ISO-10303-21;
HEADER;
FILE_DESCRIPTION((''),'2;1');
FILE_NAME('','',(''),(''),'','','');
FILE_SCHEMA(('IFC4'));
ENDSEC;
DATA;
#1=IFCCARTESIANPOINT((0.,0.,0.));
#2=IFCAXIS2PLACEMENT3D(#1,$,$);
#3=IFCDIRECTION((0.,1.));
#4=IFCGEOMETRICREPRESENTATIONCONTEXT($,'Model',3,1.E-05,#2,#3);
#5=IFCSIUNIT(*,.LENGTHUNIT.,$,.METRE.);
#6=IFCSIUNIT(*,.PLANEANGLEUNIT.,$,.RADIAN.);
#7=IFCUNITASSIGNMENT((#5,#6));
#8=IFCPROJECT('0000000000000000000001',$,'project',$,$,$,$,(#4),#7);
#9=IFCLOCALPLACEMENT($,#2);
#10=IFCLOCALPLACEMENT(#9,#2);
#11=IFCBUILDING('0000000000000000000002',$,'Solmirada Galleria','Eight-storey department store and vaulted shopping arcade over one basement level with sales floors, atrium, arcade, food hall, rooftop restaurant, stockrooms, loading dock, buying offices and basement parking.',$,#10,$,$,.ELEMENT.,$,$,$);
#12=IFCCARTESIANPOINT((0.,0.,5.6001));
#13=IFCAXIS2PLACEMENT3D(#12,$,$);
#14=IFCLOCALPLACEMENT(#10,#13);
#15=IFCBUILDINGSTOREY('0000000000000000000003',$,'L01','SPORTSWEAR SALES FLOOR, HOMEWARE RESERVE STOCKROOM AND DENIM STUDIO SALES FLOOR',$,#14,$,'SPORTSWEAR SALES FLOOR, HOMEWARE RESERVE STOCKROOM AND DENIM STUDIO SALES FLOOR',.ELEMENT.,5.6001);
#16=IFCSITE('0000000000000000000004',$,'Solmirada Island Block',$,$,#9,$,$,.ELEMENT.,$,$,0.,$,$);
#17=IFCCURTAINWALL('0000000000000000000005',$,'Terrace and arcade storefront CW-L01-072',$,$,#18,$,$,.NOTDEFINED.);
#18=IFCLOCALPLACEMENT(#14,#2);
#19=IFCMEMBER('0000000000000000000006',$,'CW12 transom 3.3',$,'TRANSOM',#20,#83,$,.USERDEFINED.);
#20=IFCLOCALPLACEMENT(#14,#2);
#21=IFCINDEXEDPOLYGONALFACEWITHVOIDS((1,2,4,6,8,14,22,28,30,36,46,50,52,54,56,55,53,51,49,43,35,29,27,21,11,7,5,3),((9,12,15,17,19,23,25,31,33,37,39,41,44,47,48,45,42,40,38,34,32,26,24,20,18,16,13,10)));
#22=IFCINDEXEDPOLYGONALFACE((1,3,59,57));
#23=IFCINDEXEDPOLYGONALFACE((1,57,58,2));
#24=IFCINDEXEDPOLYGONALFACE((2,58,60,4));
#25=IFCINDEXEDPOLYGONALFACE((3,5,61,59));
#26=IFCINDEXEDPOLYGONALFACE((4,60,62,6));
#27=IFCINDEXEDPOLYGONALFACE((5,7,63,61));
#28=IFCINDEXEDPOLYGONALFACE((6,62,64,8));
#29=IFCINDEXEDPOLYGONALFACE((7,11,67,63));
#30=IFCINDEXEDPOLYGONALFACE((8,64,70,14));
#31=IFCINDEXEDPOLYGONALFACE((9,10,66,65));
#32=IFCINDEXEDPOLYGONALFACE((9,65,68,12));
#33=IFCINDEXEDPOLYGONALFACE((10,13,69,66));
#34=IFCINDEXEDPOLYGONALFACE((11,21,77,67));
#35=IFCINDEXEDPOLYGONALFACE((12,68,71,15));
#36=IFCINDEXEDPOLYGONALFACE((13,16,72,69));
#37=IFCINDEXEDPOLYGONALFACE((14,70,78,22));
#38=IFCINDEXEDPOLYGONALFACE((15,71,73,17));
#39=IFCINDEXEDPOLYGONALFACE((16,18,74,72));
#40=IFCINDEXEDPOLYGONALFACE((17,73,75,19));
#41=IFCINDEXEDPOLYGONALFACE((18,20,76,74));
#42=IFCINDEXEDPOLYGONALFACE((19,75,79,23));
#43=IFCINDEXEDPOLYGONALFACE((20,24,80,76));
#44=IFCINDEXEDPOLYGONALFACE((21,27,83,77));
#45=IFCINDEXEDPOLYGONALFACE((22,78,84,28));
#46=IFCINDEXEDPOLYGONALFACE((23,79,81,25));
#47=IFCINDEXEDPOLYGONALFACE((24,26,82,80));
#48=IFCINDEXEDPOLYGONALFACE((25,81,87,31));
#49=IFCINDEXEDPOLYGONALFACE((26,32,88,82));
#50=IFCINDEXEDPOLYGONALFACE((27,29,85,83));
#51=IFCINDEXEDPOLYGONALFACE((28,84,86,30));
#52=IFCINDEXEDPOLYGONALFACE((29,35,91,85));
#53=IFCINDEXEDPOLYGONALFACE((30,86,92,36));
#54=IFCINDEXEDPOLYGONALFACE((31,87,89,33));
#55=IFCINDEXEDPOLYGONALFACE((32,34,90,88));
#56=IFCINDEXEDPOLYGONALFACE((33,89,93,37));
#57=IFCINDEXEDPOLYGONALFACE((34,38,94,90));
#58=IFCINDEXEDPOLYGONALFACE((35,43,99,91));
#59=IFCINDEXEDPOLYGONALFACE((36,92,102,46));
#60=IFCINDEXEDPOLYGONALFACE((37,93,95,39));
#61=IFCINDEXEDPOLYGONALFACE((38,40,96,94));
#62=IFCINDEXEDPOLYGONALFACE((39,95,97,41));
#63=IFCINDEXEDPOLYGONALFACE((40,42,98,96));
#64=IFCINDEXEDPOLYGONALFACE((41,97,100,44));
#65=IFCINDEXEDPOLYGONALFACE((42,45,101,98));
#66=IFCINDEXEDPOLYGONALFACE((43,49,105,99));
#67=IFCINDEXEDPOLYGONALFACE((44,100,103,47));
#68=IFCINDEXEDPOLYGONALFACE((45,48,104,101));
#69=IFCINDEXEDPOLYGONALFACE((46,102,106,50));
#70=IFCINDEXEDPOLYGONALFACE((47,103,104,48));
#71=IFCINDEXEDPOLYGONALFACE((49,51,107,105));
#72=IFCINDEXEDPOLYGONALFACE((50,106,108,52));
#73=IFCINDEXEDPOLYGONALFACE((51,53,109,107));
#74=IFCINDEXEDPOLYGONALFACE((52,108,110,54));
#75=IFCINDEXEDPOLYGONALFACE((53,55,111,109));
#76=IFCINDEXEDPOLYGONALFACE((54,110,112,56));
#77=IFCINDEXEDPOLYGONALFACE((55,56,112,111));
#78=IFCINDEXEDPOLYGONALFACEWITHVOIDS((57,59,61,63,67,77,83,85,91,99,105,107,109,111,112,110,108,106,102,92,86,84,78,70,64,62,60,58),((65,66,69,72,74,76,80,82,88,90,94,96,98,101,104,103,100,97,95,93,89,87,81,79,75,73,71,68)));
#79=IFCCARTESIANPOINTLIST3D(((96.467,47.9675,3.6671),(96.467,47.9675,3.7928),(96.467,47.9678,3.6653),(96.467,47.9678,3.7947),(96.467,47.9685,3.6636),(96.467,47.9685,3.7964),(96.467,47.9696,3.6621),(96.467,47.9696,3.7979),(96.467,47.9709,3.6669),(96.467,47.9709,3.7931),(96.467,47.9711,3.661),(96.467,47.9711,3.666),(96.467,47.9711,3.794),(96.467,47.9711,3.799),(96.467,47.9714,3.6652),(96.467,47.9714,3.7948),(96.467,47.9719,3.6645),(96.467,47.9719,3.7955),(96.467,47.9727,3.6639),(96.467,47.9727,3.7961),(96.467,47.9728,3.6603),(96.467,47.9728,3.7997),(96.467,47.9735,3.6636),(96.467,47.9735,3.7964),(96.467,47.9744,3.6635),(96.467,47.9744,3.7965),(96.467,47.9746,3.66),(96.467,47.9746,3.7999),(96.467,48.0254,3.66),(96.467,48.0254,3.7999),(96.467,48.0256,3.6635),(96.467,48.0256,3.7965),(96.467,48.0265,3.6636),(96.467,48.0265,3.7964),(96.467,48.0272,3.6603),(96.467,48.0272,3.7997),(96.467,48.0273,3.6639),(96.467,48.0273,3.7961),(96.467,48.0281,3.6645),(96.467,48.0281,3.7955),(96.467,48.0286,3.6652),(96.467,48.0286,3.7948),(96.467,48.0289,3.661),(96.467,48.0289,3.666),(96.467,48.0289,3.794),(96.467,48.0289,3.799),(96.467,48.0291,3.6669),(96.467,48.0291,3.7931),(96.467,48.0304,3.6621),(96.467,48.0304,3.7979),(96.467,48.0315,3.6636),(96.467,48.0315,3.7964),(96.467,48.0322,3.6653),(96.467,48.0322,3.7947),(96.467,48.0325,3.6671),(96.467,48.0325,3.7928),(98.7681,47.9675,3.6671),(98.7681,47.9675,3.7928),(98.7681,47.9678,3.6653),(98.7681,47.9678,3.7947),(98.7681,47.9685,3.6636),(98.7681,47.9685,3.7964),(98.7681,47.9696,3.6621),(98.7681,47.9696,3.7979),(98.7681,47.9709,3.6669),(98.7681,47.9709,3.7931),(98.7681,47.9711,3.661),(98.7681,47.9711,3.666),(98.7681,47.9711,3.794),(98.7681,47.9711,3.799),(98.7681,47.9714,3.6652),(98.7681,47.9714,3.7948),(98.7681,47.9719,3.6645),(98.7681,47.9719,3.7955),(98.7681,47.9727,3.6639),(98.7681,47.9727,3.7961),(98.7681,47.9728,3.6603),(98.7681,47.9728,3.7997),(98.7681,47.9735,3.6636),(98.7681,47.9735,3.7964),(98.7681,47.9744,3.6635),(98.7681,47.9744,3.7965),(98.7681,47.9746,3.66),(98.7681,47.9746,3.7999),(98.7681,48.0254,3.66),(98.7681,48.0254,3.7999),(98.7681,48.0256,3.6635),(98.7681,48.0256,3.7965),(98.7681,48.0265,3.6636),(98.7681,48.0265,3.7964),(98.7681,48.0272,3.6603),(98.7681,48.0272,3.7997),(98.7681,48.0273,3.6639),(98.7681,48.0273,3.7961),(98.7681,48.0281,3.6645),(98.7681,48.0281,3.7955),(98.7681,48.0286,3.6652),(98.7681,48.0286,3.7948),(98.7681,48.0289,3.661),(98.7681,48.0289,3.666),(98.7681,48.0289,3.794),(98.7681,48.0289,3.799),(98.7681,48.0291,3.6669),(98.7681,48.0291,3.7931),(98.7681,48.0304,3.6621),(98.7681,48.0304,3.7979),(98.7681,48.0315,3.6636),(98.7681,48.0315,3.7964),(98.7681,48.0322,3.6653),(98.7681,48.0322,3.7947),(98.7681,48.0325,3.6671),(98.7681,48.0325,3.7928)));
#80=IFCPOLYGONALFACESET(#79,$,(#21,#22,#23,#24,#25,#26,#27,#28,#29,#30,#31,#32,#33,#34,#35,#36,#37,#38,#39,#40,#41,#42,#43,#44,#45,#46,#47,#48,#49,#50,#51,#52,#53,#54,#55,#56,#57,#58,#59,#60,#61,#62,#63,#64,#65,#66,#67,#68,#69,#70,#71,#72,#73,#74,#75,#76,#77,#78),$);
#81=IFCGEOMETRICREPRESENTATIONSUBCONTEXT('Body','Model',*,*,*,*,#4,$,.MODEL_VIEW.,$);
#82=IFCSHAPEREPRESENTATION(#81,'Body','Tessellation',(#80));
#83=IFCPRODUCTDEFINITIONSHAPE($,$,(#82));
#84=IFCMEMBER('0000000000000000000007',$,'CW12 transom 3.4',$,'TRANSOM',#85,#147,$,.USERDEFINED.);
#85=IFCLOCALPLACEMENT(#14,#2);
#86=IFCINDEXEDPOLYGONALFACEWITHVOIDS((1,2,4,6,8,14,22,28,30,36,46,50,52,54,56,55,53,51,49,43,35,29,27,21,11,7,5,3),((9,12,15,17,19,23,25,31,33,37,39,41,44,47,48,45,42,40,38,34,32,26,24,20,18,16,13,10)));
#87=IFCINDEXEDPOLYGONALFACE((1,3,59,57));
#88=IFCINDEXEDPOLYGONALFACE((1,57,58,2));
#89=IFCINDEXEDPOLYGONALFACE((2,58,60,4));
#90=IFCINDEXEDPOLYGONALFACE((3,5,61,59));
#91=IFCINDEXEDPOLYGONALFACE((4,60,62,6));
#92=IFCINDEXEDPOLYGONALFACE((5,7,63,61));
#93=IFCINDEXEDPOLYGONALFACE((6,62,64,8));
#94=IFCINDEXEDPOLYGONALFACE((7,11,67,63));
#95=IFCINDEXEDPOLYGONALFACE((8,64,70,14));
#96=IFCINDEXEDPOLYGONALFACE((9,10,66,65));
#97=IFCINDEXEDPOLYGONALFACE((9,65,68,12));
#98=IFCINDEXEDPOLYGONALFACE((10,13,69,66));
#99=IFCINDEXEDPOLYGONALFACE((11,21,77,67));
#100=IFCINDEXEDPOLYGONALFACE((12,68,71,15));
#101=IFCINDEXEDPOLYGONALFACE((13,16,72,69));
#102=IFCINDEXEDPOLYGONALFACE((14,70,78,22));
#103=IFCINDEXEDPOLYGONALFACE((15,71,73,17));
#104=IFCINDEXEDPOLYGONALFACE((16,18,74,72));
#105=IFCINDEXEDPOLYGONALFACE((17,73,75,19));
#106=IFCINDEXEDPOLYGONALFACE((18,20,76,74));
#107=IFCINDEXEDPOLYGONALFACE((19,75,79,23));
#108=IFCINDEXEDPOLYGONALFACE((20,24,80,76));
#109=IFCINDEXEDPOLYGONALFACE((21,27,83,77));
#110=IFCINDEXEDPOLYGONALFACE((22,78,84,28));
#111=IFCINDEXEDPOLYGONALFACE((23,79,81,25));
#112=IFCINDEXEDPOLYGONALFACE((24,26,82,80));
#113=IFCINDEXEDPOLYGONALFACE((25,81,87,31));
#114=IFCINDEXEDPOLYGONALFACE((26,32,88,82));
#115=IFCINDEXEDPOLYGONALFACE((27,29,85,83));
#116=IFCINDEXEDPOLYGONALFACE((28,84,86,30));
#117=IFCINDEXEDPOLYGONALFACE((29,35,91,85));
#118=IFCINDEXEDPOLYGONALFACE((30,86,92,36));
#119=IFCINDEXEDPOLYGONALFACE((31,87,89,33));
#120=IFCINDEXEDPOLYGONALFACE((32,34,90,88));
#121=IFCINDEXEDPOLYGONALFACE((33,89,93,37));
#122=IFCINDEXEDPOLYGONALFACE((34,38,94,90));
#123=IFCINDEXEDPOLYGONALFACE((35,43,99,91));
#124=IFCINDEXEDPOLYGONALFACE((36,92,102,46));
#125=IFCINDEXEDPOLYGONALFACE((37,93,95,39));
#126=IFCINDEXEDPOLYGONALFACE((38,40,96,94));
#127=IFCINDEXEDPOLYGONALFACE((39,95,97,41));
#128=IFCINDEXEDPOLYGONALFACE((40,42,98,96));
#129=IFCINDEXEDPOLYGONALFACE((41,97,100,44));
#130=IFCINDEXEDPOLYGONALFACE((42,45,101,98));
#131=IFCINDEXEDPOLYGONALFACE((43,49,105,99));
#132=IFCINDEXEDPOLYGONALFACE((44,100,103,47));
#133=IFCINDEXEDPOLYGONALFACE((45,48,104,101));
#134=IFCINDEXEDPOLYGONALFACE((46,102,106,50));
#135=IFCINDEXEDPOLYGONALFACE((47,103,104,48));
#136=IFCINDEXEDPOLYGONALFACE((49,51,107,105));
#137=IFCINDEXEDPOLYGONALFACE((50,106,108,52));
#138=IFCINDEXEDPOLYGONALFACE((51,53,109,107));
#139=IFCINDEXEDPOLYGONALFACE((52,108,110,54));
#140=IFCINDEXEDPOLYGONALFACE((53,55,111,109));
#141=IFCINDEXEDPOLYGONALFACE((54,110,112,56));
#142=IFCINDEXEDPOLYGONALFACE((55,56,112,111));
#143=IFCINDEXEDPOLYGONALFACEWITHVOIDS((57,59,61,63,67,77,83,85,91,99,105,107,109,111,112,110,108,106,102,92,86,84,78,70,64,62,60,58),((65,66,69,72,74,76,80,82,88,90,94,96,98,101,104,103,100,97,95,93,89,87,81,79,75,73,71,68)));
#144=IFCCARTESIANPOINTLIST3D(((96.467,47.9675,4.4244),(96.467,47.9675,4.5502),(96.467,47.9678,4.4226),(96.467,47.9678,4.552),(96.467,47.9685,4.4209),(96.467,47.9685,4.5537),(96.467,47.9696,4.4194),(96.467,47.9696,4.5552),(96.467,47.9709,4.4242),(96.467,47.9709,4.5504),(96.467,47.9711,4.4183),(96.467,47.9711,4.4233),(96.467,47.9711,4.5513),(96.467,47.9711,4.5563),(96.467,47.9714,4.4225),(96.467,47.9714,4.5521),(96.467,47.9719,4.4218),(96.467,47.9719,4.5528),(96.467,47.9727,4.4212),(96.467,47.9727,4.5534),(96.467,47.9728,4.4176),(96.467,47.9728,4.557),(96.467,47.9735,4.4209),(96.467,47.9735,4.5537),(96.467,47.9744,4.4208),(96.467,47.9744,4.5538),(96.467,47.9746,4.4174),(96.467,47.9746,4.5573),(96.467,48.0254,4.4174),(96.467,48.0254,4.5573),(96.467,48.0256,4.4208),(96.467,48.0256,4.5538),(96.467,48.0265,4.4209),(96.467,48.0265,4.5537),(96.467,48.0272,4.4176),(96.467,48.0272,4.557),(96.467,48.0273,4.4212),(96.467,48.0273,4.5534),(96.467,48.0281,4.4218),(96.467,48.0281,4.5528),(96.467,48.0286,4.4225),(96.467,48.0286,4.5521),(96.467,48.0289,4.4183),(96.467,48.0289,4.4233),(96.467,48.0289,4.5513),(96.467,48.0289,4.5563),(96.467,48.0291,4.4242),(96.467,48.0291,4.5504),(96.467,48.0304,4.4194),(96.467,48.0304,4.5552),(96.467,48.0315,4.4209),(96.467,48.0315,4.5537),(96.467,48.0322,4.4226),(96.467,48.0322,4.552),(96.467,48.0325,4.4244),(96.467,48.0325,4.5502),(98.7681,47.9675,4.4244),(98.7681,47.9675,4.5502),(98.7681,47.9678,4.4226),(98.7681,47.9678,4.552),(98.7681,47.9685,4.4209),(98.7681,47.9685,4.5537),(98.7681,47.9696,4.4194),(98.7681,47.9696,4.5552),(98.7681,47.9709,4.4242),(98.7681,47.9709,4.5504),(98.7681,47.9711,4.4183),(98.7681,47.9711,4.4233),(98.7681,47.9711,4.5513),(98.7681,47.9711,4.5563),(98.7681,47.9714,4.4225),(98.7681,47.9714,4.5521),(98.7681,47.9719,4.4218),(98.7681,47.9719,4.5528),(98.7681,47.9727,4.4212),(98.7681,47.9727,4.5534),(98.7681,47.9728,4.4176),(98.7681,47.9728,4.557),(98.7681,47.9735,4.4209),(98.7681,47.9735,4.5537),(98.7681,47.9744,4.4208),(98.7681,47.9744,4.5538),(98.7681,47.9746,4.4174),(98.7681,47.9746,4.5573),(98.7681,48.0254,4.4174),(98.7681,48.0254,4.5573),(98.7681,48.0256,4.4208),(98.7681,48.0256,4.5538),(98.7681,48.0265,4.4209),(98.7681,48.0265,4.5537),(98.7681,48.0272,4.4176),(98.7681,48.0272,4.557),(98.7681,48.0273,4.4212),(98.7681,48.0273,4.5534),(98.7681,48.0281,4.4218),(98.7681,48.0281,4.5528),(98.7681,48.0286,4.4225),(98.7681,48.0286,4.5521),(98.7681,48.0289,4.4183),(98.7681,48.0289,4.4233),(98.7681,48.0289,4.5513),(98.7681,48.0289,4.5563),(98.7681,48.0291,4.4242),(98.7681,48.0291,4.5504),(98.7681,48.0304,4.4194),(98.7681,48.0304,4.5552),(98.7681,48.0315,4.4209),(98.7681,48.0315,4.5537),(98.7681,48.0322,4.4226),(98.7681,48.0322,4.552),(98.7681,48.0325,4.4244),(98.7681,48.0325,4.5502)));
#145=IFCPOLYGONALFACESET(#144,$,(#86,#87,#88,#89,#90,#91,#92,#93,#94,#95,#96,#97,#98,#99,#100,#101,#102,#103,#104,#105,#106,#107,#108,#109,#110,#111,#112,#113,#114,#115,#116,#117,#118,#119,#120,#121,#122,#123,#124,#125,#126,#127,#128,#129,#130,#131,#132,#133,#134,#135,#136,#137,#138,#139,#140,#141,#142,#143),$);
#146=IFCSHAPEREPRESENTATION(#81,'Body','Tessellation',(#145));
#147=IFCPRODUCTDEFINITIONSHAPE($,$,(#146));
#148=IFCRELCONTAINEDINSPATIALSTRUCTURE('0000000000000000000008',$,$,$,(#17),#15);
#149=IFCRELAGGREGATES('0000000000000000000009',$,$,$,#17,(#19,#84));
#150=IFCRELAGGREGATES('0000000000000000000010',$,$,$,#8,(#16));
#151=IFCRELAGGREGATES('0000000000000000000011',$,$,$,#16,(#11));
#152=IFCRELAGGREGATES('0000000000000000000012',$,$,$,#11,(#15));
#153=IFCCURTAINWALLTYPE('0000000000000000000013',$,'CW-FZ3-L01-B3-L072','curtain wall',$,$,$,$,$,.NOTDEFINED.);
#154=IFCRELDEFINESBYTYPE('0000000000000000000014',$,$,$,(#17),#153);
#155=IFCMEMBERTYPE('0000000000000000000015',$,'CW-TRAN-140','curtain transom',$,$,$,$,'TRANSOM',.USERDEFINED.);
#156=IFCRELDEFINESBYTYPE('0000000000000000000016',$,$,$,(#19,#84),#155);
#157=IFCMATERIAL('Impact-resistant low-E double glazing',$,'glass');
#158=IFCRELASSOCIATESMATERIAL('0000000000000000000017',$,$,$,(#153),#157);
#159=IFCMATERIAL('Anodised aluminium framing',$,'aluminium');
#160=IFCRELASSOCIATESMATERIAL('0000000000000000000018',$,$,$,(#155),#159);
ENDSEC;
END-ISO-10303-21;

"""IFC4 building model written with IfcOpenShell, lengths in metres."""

from ifc_helpers import new_model, si_unit, direction, frame, origin, origin_2d, place, context, subcontext, project, spatial, hollow_rectangle, extrude, material, material_profile, profile_set, type_object, element, aggregate, save


model = new_model("IFC4")

# Units and contexts
model_context = context("Model", 3, precision=1e-05, world=origin(), true_north=direction((0.0, 1.0)))
body_context = subcontext(model_context, "Body", "Model", "MODEL_VIEW")
ifc_project = project(units=[si_unit("LENGTHUNIT", "METRE"), si_unit("PLANEANGLEUNIT", "RADIAN")], contexts=[model_context])

# Site, building, storey
site_placement = place(None, origin())
site = spatial("IfcSite", under=ifc_project, at=site_placement, Name="Solmirada Island Block", CompositionType="ELEMENT", RefElevation=0.0)
building_placement = place(site_placement, origin())
building = spatial("IfcBuilding", under=site, at=building_placement, Name="Solmirada Galleria", Description="Eight-storey department store and vaulted shopping arcade over one basement level with sales floors, atrium, arcade, food hall, rooftop restaurant, stockrooms, loading dock, buying offices and basement parking.", CompositionType="ELEMENT")
storey_placement = place(building_placement, frame((0.0, 0.0, 5.6001)))
storey = spatial("IfcBuildingStorey", under=building, at=storey_placement, Name="L01", Description="SPORTSWEAR SALES FLOOR, HOMEWARE RESERVE STOCKROOM AND DENIM STUDIO SALES FLOOR", LongName="SPORTSWEAR SALES FLOOR, HOMEWARE RESERVE STOCKROOM AND DENIM STUDIO SALES FLOOR", CompositionType="ELEMENT", Elevation=5.6001)

# Curtain wall
ifc_material_1 = material(Name="Impact-resistant low-E double glazing", Category="glass")
curtain_wall_type_1 = type_object("IfcCurtainWallType", Name="CW-FZ3-L01-B3-L072", Description="curtain wall", PredefinedType="NOTDEFINED", material=ifc_material_1)
curtain_wall_1_placement = place(storey_placement, origin())
curtain_wall_1 = element("IfcCurtainWall", 1, at=curtain_wall_1_placement, inside=storey, type_object=curtain_wall_type_1, Name="Terrace and arcade storefront CW-L01-072", PredefinedType="NOTDEFINED")
ifc_material_2 = material(Name="Anodised aluminium framing", Category="aluminium")

# Members
ifc_material_profile_1 = material_profile(ifc_material_2, hollow_rectangle(XDim=0.0649, YDim=0.1399, WallThickness=0.0034, InnerFilletRadius=0.0034, OuterFilletRadius=0.0071, at=origin_2d()), Name="ALU-TRAN-140X65")
ifc_profile_set_1 = profile_set([ifc_material_profile_1], Name="Anodised aluminium framing")
member_type_1 = type_object("IfcMemberType", Name="CW-TRAN-140", Description="curtain transom", ElementType="TRANSOM", PredefinedType="USERDEFINED", material=ifc_profile_set_1)
member_1_placement = place(storey_placement, frame((98.7681, 48.0, 3.73), z_axis=(-1.0, 0.0, 0.0), x_axis=(0.0, -1.0, 0.0)))
member_1 = element("IfcMember", 2, at=member_1_placement, type_object=member_type_1, Name="CW12 transom 3.3", ObjectType="TRANSOM", PredefinedType="USERDEFINED", context=body_context, shape_type="SweptSolid", body=[
    extrude(hollow_rectangle(XDim=0.0649, YDim=0.1399, WallThickness=0.0034, InnerFilletRadius=0.0034, OuterFilletRadius=0.0071, at=origin_2d()), origin(), (0.0, 0.0, 1.0), 2.301),
])
member_2_placement = place(storey_placement, frame((98.7681, 48.0, 4.4873), z_axis=(-1.0, 0.0, 0.0), x_axis=(0.0, -1.0, 0.0)))
member_2 = element("IfcMember", 3, at=member_2_placement, type_object=member_type_1, Name="CW12 transom 3.4", ObjectType="TRANSOM", PredefinedType="USERDEFINED", context=body_context, shape_type="SweptSolid", body=[
    extrude(hollow_rectangle(XDim=0.0649, YDim=0.1399, WallThickness=0.0034, InnerFilletRadius=0.0034, OuterFilletRadius=0.0071, at=origin_2d()), origin(), (0.0, 0.0, 1.0), 2.301),
])

aggregate(curtain_wall_1, [member_1, member_2])

save(model, "model.ifc")
